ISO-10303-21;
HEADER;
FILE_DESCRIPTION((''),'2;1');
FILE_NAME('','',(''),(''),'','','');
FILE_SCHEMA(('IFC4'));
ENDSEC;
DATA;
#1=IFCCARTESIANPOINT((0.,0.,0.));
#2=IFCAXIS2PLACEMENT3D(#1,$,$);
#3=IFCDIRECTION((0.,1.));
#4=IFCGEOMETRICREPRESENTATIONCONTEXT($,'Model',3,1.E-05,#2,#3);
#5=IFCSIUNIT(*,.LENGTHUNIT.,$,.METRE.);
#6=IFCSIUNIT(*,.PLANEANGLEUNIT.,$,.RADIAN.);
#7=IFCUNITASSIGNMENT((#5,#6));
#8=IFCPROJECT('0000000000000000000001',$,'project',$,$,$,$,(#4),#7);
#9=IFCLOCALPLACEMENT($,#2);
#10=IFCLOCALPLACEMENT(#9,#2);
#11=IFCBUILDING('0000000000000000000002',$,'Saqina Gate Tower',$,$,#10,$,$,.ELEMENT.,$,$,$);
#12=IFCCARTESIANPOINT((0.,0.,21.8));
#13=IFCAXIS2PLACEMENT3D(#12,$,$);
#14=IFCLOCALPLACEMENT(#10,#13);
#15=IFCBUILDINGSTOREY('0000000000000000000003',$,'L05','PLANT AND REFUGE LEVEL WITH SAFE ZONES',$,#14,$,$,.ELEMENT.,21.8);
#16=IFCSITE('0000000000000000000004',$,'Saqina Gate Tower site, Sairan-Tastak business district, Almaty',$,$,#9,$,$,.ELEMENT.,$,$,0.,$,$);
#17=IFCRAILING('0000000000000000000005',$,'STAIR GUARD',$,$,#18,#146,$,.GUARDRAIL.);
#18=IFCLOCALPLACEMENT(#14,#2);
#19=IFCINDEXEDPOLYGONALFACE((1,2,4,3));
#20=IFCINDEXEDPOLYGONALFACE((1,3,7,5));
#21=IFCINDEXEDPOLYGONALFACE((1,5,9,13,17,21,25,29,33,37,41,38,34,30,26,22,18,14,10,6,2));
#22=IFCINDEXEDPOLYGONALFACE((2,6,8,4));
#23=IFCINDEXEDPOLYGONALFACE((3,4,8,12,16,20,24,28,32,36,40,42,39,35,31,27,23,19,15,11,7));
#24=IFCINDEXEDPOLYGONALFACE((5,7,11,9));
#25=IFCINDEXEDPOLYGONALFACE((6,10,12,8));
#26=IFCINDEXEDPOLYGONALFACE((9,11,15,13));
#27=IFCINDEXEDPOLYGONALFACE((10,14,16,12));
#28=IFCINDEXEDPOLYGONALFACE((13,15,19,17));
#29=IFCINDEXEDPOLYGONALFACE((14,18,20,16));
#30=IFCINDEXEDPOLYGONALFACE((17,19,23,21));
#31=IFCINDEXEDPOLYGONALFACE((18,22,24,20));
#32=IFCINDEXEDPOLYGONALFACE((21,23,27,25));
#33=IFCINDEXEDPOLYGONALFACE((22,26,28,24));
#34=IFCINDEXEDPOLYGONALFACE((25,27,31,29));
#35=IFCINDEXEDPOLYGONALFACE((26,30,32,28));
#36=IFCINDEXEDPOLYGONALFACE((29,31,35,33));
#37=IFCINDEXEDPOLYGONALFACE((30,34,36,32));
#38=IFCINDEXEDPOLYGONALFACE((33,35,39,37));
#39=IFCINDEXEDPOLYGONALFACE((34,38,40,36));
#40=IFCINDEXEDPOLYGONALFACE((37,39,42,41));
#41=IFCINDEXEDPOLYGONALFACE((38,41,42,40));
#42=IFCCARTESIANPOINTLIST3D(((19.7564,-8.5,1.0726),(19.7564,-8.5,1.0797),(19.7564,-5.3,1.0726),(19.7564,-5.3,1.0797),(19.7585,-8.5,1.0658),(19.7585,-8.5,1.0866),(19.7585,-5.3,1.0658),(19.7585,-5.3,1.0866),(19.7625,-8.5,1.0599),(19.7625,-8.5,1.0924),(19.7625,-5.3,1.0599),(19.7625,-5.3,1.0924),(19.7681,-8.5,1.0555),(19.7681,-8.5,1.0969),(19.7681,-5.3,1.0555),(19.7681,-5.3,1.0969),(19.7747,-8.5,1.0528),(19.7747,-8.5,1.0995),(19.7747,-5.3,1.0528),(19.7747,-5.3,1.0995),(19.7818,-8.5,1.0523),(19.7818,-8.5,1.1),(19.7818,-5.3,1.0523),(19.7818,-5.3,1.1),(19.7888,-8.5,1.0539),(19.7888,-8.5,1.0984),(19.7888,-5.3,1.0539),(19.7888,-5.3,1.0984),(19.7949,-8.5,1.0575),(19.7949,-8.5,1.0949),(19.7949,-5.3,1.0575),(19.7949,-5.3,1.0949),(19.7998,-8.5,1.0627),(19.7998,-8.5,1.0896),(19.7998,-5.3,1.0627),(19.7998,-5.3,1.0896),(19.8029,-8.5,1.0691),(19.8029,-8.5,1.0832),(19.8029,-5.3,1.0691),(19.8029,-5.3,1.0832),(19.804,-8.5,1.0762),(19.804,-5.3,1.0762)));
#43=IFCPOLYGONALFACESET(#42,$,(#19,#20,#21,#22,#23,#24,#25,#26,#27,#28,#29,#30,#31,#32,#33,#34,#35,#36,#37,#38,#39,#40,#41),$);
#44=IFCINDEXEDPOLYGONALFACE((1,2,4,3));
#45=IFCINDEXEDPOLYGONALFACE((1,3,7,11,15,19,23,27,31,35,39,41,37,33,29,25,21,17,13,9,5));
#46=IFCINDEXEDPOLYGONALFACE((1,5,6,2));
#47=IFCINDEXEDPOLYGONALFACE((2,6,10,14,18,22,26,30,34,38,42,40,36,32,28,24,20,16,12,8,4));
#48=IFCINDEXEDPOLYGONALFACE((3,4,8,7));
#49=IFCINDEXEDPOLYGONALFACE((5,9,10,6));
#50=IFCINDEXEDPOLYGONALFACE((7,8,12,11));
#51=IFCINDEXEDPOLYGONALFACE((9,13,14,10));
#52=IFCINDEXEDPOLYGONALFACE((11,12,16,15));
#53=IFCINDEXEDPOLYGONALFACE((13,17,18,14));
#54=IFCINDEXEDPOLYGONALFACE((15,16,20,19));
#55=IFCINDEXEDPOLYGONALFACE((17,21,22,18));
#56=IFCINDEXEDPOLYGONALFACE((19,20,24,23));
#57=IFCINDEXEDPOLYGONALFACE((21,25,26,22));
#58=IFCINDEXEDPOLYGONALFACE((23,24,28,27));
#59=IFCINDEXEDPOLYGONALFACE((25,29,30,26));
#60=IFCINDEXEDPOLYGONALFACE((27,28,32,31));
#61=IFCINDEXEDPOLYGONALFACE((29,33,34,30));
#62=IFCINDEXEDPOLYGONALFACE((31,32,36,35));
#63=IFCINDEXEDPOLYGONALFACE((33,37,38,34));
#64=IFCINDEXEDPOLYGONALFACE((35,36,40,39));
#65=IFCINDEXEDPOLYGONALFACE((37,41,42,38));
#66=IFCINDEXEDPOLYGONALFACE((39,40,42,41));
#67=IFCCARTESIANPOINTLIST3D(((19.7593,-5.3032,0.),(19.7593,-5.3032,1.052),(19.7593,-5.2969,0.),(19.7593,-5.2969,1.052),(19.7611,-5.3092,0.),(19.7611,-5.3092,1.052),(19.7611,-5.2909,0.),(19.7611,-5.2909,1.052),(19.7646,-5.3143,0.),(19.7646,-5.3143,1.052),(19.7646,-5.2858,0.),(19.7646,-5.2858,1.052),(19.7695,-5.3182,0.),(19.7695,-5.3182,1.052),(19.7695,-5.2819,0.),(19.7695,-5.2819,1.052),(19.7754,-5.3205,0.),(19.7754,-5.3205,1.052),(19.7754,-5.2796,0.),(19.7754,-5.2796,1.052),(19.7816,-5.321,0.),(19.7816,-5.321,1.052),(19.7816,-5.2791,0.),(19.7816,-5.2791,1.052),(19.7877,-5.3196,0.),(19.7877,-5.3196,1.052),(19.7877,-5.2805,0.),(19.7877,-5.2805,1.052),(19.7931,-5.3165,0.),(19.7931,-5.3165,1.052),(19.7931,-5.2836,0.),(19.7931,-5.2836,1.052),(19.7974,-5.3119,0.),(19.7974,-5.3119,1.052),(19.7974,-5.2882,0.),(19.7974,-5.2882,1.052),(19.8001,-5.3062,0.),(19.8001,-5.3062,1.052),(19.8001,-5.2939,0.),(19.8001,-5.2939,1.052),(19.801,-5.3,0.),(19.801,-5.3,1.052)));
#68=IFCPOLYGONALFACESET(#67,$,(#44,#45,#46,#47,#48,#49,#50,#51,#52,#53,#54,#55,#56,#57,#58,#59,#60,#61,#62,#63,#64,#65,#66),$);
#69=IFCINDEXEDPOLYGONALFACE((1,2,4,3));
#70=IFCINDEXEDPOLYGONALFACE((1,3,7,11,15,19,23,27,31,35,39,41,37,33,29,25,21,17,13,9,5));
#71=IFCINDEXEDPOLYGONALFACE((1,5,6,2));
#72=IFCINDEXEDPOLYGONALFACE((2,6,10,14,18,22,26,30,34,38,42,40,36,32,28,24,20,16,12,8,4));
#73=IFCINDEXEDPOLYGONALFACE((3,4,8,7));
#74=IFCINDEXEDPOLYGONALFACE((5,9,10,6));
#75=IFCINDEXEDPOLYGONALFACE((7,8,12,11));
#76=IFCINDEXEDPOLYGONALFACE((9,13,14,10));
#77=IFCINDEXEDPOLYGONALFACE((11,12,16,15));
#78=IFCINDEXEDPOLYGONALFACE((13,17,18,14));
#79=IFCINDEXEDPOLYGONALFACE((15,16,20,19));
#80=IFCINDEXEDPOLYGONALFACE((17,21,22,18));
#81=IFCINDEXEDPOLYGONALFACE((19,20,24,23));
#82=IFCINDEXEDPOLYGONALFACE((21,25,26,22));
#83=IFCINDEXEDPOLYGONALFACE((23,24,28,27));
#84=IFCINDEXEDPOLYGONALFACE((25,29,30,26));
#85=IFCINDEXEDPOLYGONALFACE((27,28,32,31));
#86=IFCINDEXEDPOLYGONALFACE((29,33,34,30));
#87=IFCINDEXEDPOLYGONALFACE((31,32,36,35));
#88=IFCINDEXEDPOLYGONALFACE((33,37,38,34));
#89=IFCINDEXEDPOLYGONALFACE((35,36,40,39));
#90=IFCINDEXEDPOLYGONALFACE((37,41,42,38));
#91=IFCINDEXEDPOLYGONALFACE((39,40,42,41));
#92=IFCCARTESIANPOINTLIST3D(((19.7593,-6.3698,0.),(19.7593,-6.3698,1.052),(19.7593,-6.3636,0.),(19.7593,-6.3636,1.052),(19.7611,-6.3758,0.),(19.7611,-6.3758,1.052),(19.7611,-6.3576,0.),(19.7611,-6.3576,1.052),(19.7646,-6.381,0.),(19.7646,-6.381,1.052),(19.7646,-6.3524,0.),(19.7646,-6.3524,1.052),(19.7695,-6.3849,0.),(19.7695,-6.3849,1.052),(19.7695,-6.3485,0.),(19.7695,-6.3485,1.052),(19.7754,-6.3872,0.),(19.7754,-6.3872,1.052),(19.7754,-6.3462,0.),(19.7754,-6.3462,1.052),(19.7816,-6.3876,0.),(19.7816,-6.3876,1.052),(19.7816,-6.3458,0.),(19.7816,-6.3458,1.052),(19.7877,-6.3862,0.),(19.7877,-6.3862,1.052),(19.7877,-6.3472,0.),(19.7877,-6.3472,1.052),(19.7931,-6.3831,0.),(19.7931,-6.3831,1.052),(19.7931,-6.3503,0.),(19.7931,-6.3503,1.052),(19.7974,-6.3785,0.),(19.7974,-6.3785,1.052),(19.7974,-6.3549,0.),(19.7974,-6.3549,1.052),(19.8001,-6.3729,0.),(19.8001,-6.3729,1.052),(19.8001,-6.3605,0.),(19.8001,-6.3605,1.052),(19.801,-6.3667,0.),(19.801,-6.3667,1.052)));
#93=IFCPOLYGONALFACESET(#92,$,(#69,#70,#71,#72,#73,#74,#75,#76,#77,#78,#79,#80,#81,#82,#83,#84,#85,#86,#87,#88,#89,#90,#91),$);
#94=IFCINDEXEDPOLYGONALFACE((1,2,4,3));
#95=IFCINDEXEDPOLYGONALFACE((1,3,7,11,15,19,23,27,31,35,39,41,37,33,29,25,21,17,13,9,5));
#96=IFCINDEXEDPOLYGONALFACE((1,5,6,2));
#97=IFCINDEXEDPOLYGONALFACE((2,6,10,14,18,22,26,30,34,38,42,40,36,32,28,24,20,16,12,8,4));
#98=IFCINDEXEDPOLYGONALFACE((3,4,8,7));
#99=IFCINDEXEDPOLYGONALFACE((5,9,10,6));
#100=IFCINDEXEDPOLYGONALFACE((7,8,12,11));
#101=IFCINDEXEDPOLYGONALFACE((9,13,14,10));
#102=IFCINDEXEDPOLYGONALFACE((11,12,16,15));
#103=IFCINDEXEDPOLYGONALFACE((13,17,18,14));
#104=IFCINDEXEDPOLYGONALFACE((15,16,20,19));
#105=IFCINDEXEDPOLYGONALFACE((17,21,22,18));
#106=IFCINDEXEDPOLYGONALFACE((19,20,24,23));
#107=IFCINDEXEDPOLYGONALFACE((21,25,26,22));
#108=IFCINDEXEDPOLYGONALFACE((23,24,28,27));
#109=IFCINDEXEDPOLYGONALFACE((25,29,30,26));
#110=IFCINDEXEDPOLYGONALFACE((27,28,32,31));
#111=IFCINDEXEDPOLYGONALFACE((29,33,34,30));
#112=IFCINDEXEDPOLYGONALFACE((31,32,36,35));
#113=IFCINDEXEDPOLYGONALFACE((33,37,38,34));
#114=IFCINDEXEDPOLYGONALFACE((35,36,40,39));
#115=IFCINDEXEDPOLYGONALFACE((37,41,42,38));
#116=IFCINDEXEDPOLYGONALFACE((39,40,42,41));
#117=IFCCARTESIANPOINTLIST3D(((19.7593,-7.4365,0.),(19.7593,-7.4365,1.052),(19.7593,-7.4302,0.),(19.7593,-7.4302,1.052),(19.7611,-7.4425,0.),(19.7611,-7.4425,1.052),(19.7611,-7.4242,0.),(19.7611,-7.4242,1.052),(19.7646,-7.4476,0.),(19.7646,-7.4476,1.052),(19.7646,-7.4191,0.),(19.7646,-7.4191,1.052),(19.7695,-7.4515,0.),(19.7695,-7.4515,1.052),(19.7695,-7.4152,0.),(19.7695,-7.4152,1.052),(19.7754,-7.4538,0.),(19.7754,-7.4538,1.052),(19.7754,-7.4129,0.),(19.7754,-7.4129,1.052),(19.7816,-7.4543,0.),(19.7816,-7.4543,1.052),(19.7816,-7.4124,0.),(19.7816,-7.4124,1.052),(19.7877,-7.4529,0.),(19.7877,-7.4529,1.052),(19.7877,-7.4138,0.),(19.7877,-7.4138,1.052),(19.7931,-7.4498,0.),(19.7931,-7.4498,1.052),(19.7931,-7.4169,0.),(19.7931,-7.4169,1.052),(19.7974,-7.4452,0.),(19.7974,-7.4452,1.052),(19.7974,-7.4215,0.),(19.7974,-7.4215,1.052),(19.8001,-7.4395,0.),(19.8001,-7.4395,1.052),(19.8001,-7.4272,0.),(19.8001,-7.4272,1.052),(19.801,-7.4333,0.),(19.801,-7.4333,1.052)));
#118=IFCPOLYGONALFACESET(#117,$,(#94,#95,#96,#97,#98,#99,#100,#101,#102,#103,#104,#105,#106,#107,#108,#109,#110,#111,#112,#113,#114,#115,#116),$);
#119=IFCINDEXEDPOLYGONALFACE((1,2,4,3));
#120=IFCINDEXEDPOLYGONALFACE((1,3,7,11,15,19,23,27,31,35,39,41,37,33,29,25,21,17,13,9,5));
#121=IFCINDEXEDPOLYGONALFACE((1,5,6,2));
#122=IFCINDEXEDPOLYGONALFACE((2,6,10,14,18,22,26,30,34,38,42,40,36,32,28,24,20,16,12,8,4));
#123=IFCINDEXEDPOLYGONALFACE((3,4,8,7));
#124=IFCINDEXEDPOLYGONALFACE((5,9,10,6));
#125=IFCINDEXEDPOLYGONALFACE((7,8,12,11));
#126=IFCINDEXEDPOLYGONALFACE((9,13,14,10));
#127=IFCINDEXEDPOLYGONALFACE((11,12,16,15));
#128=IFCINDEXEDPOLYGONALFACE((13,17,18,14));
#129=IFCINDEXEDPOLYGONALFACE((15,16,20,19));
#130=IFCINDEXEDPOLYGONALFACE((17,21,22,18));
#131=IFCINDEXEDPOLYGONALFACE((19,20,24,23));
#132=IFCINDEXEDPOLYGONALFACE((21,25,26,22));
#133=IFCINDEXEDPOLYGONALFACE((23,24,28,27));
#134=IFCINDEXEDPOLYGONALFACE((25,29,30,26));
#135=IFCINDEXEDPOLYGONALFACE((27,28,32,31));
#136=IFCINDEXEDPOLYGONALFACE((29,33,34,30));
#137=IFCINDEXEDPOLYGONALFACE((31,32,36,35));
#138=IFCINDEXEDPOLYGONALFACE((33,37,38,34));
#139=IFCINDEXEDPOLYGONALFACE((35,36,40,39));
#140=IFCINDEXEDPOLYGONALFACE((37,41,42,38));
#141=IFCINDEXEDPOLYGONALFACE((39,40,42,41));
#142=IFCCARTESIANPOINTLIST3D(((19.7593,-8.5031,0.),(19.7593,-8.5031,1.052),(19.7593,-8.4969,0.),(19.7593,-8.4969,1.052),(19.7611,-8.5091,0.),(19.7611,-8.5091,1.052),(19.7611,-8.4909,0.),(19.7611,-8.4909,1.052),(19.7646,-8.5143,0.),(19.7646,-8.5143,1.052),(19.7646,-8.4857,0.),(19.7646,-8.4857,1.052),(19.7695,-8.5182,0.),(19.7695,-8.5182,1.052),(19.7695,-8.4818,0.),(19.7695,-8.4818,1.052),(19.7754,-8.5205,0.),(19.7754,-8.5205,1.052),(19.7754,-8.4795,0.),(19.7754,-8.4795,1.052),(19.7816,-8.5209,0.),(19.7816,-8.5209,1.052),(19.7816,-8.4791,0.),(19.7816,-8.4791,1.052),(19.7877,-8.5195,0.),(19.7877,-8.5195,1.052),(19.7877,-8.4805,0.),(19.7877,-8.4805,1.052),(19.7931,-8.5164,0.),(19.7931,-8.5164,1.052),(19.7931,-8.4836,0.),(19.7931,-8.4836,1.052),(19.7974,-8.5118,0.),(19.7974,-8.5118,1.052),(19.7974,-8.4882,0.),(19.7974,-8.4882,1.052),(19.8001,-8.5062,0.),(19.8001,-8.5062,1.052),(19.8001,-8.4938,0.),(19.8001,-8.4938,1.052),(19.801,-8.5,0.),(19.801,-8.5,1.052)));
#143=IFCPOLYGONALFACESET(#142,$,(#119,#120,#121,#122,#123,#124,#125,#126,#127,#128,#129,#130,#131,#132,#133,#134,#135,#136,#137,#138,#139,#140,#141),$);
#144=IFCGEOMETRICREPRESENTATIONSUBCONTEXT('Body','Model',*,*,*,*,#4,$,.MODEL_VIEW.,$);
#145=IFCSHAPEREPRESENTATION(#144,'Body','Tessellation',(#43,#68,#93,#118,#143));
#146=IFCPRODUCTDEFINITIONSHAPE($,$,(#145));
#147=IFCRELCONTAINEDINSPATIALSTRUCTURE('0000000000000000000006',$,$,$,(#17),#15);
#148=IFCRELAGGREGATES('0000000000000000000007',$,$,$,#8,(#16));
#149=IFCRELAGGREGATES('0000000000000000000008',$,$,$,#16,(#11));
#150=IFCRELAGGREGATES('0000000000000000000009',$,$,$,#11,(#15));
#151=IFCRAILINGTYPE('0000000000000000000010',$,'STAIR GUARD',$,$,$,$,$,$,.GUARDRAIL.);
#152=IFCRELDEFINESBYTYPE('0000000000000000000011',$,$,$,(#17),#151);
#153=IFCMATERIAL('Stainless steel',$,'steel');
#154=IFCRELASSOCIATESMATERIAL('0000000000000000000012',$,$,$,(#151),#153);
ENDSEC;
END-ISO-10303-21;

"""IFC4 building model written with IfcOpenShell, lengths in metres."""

from ifc_helpers import new_model, si_unit, direction, frame, origin, origin_2d, place, context, subcontext, project, spatial, circle, extrude, material, type_object, element, save


model = new_model("IFC4")

# Units and contexts
model_context = context("Model", 3, precision=1e-05, world=origin(), true_north=direction((0.0, 1.0)))
body_context = subcontext(model_context, "Body", "Model", "MODEL_VIEW")
ifc_project = project(units=[si_unit("LENGTHUNIT", "METRE"), si_unit("PLANEANGLEUNIT", "RADIAN")], contexts=[model_context])

# Site, building, storey
site_placement = place(None, origin())
site = spatial("IfcSite", under=ifc_project, at=site_placement, Name="Saqina Gate Tower site, Sairan-Tastak business district, Almaty", CompositionType="ELEMENT", RefElevation=0.0)
building_placement = place(site_placement, origin())
building = spatial("IfcBuilding", under=site, at=building_placement, Name="Saqina Gate Tower", CompositionType="ELEMENT")
storey_placement = place(building_placement, frame((0.0, 0.0, 21.8)))
storey = spatial("IfcBuildingStorey", under=building, at=storey_placement, Name="L05", Description="PLANT AND REFUGE LEVEL WITH SAFE ZONES", CompositionType="ELEMENT", Elevation=21.8)

# Railing
ifc_material_1 = material(Name="Stainless steel", Category="steel")
railing_type_1 = type_object("IfcRailingType", Name="STAIR GUARD", PredefinedType="GUARDRAIL", material=ifc_material_1)
railing_1_placement = place(storey_placement, frame((19.78, -5.3, 0.0)))
element("IfcRailing", 1, at=railing_1_placement, inside=storey, type_object=railing_type_1, Name="STAIR GUARD", PredefinedType="GUARDRAIL", context=body_context, shape_type="SweptSolid", body=[
    extrude(circle(Radius=0.0239, at=origin_2d()), frame((0.0, 0.0, 1.0762), z_axis=(0.0, -1.0, 0.0), x_axis=(1.0, 0.0, 0.0)), (0.0, 0.0, 1.0), 3.2),
    extrude(circle(Radius=0.021, at=origin_2d()), origin(), (0.0, 0.0, 1.0), 1.052),
    extrude(circle(Radius=0.021, at=origin_2d()), frame((0.0, -1.0667, 0.0)), (0.0, 0.0, 1.0), 1.052),
    extrude(circle(Radius=0.021, at=origin_2d()), frame((0.0, -2.1333, 0.0)), (0.0, 0.0, 1.0), 1.052),
    extrude(circle(Radius=0.021, at=origin_2d()), frame((0.0, -3.2, 0.0)), (0.0, 0.0, 1.0), 1.052),
])

save(model, "model.ifc")
